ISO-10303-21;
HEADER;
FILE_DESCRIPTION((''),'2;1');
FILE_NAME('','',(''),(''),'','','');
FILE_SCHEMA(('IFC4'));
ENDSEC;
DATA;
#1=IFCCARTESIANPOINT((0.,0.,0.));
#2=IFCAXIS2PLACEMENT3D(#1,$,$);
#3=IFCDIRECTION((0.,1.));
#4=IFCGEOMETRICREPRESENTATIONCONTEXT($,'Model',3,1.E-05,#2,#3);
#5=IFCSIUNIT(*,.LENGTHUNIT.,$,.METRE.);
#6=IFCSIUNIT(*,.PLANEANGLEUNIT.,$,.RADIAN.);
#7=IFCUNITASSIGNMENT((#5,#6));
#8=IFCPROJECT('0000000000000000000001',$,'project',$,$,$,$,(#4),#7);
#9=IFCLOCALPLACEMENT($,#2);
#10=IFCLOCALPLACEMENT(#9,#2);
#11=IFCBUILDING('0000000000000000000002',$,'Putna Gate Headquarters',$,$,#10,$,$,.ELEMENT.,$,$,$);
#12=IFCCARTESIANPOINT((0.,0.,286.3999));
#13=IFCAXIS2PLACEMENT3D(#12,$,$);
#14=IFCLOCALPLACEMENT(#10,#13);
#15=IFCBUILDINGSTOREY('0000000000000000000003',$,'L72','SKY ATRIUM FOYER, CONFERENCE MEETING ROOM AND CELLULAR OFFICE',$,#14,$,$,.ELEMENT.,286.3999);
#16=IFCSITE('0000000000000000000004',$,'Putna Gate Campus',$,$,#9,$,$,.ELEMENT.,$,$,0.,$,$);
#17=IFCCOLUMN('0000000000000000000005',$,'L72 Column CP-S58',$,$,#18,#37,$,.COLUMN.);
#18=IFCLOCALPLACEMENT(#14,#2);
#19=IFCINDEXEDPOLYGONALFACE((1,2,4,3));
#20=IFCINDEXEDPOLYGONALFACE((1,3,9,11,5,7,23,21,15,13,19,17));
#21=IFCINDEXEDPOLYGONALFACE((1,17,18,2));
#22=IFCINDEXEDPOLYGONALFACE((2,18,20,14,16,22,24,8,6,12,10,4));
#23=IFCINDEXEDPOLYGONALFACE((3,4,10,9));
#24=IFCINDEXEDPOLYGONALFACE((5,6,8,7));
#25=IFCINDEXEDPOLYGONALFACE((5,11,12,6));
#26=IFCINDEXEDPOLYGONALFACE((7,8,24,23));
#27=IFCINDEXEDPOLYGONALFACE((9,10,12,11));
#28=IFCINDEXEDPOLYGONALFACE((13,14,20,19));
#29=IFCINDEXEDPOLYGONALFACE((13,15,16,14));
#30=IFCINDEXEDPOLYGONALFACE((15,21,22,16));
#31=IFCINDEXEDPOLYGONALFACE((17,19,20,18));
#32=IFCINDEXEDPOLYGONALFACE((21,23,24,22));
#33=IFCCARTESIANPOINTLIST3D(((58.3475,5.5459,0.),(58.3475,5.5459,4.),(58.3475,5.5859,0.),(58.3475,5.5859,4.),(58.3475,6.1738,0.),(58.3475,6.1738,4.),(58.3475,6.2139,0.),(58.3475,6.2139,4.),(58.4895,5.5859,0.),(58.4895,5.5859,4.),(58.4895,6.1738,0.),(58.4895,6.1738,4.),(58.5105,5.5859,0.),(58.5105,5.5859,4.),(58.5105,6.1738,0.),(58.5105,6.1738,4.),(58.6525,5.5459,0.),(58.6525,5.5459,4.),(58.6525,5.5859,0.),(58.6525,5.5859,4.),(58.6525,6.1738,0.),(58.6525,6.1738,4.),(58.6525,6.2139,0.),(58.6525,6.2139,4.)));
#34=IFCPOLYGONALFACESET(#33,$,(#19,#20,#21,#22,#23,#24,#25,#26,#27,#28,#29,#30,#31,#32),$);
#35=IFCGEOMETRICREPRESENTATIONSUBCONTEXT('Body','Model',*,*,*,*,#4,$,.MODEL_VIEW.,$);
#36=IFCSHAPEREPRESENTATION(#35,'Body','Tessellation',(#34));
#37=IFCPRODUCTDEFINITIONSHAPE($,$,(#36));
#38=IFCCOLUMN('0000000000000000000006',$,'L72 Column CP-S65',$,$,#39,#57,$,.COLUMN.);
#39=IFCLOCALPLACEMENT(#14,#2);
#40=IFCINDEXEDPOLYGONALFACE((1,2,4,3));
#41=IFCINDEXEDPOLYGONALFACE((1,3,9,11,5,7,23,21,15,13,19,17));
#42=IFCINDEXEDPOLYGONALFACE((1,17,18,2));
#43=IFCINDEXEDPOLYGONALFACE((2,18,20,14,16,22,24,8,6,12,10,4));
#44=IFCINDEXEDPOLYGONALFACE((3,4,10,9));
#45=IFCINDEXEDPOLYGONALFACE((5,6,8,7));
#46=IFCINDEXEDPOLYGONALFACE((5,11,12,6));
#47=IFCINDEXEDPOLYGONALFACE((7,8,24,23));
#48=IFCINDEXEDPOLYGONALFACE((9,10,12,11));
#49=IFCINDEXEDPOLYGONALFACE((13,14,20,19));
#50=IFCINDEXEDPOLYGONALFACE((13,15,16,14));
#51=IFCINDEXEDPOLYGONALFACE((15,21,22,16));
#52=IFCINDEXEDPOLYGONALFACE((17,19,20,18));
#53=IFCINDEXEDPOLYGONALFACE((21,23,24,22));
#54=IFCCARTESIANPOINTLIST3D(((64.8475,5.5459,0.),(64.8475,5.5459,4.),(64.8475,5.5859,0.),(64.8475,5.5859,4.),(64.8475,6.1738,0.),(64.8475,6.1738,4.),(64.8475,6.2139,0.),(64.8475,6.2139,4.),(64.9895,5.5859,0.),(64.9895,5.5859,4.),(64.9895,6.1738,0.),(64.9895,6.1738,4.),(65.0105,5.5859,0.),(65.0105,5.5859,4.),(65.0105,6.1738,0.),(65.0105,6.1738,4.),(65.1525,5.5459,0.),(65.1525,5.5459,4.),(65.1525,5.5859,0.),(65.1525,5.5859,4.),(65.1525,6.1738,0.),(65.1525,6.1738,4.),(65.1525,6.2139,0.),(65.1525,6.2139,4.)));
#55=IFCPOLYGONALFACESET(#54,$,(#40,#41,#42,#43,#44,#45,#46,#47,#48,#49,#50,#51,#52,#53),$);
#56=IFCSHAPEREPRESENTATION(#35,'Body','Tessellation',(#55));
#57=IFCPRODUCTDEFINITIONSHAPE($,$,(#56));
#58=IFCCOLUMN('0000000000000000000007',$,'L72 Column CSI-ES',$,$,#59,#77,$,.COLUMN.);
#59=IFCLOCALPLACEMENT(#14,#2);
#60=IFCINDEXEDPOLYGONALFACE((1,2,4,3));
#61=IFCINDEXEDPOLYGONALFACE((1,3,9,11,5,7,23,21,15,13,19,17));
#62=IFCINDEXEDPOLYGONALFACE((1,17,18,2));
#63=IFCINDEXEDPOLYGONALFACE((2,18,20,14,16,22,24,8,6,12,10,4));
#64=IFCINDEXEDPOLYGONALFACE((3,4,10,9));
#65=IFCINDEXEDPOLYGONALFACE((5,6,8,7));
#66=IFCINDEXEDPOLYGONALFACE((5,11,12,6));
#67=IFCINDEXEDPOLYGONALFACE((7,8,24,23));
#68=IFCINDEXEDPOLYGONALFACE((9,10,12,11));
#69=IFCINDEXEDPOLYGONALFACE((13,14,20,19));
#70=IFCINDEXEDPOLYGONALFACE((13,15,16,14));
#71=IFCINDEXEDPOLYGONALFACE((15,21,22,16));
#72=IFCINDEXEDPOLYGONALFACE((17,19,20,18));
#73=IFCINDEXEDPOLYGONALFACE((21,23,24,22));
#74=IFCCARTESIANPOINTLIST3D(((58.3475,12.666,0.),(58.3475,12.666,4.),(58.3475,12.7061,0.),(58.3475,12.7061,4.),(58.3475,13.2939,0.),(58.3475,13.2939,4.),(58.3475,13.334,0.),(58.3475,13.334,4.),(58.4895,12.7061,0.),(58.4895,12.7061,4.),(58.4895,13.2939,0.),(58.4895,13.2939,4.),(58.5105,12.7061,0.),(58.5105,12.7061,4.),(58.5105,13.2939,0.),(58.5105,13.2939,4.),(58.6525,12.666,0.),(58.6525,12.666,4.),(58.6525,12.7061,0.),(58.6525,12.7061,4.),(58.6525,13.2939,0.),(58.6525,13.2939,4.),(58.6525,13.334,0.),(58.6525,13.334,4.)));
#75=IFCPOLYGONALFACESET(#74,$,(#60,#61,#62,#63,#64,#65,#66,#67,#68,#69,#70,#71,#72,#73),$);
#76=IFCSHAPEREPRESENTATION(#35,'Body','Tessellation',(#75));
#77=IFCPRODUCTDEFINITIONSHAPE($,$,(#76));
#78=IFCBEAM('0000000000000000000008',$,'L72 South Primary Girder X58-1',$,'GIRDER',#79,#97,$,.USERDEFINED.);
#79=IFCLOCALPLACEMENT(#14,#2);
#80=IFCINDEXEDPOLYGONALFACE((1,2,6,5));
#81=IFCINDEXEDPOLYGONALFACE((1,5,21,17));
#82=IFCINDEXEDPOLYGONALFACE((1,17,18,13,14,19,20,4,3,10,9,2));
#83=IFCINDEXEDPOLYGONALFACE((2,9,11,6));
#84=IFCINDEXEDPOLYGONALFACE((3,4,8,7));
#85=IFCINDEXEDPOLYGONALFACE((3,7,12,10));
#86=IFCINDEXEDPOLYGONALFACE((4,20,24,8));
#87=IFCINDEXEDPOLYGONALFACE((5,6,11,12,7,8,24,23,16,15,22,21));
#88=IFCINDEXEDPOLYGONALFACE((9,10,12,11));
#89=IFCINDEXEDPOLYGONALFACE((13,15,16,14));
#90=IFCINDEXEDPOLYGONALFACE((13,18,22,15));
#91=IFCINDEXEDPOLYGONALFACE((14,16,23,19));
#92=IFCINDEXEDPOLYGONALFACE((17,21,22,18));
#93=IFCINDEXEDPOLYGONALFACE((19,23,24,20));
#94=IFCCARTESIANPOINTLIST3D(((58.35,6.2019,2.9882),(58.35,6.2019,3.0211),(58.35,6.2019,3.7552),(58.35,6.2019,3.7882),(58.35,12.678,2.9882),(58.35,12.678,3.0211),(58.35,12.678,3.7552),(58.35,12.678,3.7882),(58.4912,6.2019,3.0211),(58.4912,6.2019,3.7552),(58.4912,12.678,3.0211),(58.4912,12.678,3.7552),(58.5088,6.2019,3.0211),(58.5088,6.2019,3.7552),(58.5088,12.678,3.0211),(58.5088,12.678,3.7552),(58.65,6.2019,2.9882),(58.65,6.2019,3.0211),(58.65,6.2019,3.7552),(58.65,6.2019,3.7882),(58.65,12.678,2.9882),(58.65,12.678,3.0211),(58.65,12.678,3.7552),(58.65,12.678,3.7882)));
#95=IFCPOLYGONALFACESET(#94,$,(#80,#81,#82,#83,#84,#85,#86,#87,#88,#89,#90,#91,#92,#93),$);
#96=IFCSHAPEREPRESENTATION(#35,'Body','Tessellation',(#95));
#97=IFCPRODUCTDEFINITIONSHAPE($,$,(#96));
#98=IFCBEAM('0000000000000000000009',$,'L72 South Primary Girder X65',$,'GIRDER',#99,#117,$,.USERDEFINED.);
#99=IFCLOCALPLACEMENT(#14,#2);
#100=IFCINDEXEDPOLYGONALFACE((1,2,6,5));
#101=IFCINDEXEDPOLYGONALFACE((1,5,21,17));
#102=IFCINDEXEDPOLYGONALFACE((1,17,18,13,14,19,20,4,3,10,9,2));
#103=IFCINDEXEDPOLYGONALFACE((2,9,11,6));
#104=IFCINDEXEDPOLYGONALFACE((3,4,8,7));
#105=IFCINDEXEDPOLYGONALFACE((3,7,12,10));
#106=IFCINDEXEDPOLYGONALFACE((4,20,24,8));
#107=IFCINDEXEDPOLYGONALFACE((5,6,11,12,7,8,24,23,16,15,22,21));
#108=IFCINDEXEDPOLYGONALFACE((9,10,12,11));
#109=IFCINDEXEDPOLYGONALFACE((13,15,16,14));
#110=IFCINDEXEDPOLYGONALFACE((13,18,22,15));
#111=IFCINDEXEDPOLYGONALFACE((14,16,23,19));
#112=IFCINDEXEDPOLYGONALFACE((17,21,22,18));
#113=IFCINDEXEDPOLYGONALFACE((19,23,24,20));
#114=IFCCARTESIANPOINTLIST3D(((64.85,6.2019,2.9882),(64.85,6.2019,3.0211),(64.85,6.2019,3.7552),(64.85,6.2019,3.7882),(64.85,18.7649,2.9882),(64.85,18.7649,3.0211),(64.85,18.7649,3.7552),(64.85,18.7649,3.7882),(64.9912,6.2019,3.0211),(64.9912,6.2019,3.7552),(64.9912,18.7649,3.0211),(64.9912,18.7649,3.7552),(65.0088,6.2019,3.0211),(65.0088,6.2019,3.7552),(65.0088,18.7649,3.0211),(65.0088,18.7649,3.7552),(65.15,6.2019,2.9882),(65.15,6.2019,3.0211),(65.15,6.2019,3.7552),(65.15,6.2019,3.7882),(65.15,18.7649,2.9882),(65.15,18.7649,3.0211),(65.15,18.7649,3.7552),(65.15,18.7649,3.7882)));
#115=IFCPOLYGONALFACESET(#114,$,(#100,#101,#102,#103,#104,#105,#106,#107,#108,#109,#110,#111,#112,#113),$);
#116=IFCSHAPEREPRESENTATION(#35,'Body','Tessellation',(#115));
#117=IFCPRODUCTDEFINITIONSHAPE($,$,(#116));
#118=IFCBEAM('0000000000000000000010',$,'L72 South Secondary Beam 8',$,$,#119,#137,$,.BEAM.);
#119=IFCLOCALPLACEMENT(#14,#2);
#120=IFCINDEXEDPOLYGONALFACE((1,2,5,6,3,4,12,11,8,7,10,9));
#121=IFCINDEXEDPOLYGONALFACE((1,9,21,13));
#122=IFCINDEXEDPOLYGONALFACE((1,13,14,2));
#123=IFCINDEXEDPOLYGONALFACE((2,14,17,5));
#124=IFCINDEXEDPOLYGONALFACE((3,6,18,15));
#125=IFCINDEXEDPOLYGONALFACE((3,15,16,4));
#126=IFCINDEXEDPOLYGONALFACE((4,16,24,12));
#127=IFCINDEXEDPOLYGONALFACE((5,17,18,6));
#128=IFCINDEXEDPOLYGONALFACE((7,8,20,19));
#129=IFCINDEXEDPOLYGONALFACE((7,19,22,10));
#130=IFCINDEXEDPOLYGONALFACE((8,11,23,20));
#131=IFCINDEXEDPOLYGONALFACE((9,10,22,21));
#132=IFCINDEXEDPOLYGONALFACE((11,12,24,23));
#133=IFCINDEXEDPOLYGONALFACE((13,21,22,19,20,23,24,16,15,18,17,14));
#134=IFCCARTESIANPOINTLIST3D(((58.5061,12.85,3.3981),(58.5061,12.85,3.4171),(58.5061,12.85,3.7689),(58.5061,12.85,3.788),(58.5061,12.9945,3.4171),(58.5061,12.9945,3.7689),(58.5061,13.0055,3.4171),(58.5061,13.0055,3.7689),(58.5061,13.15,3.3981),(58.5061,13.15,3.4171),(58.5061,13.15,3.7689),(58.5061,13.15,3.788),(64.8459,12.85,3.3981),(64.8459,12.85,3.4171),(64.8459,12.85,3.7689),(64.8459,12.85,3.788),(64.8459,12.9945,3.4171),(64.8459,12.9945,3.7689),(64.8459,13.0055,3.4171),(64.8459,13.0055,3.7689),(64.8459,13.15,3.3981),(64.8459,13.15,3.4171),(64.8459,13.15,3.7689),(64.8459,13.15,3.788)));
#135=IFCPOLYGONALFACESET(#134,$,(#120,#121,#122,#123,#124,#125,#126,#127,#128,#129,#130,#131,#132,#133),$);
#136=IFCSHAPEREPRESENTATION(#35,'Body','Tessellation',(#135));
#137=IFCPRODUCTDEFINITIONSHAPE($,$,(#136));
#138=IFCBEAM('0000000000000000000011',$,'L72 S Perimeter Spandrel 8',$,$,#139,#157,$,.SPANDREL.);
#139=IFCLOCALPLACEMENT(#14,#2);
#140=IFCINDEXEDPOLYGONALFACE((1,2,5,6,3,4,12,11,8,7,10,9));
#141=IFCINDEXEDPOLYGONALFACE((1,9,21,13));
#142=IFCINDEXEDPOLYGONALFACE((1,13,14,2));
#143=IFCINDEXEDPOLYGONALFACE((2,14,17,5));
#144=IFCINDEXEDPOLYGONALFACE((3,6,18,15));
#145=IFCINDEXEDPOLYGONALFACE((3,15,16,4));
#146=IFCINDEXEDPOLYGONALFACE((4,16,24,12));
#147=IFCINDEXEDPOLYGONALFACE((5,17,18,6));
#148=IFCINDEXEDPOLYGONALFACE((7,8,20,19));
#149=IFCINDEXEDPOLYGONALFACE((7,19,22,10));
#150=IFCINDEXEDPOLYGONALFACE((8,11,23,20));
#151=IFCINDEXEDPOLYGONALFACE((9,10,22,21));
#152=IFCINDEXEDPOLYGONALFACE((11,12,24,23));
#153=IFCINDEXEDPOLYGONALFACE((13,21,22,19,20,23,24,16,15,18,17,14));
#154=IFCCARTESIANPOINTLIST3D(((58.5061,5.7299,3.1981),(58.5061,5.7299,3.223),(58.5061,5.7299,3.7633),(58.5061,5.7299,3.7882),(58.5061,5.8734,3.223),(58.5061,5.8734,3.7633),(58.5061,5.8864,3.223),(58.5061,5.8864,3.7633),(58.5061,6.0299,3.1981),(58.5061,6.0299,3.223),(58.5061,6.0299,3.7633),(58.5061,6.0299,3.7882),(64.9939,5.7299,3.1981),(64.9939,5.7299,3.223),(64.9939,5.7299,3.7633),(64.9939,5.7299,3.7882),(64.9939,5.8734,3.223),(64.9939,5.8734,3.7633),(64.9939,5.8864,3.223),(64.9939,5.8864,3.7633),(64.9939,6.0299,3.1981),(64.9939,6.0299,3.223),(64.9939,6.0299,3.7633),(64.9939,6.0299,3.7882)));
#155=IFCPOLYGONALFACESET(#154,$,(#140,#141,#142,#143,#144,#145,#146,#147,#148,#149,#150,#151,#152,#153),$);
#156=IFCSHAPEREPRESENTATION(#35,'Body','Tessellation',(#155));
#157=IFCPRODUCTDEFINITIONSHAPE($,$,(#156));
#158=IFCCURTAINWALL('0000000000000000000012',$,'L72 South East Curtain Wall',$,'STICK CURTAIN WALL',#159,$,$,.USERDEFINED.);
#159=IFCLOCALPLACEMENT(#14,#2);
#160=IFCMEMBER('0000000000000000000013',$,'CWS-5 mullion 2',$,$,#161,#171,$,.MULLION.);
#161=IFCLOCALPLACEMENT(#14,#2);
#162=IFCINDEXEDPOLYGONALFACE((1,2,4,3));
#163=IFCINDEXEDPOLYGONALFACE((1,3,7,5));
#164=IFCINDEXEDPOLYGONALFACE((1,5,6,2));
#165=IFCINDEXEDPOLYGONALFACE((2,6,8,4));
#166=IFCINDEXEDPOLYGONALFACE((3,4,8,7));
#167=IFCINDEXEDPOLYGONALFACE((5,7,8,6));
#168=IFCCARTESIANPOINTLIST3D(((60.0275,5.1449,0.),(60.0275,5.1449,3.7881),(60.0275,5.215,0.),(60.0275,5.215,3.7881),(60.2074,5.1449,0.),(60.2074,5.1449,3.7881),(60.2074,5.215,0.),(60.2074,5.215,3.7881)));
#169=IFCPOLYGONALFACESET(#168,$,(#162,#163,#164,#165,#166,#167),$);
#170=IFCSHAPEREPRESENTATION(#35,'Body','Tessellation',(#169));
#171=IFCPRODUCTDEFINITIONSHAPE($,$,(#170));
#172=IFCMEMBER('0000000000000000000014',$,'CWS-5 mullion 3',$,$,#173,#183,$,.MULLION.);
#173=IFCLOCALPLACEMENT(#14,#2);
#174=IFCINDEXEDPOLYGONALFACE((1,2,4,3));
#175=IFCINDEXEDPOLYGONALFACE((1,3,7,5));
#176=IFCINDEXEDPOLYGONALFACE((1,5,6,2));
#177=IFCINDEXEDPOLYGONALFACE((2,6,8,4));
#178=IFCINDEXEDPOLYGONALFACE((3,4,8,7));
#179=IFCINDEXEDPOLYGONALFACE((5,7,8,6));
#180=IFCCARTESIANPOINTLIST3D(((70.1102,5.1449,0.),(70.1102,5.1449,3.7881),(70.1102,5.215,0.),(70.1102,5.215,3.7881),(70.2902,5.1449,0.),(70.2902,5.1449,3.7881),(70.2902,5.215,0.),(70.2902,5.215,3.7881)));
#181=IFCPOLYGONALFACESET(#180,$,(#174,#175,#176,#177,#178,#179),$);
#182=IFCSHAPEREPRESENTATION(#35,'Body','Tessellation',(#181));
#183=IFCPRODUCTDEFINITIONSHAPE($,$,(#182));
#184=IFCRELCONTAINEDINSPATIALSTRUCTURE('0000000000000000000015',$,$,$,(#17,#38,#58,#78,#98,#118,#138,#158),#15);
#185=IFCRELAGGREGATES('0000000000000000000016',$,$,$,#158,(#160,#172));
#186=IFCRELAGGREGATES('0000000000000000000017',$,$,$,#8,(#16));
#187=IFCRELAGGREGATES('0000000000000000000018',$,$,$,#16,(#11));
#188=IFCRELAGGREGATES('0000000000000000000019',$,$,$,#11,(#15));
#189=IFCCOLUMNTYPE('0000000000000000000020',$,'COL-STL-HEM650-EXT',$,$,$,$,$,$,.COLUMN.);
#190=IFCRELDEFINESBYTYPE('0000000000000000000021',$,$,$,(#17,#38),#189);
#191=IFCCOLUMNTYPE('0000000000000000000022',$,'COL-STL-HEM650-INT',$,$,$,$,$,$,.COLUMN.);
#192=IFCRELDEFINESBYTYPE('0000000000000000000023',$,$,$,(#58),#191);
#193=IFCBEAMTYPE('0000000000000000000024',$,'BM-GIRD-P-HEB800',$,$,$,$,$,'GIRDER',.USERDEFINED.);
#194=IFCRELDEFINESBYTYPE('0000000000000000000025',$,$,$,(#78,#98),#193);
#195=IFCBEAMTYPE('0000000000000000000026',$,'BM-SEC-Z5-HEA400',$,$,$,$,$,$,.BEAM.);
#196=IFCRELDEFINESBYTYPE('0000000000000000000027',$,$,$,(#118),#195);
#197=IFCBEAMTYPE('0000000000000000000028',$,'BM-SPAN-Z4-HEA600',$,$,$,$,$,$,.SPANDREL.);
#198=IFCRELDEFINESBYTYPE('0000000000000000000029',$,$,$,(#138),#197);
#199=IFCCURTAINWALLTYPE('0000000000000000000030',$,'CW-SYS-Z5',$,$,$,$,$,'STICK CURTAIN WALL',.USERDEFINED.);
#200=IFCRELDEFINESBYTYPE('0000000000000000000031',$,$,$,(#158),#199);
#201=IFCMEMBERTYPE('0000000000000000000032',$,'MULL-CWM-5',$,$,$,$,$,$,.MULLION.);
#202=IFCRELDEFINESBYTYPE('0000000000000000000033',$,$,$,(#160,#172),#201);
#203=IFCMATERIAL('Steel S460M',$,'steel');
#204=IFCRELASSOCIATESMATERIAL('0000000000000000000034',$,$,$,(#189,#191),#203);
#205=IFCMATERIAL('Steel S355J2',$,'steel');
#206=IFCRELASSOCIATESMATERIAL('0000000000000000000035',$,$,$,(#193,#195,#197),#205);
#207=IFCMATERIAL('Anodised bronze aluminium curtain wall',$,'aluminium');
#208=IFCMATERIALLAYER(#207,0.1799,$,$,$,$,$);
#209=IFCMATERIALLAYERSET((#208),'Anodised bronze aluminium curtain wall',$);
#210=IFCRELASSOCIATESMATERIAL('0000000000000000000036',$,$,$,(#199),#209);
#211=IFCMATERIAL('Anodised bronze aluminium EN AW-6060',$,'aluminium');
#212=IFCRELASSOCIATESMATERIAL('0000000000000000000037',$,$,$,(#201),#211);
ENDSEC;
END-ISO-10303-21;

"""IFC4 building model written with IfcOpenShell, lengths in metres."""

from ifc_helpers import new_model, si_unit, direction, frame, origin, origin_2d, place, context, subcontext, project, spatial, rectangle, i_section, extrude, material, layer, layer_set, material_profile, profile_set, type_object, element, aggregate, save


model = new_model("IFC4")

# Units and contexts
model_context = context("Model", 3, precision=1e-05, world=origin(), true_north=direction((0.0, 1.0)))
body_context = subcontext(model_context, "Body", "Model", "MODEL_VIEW")
ifc_project = project(units=[si_unit("LENGTHUNIT", "METRE"), si_unit("PLANEANGLEUNIT", "RADIAN")], contexts=[model_context])

# Site, building, storey
site_placement = place(None, origin())
site = spatial("IfcSite", under=ifc_project, at=site_placement, Name="Putna Gate Campus", CompositionType="ELEMENT", RefElevation=0.0)
building_placement = place(site_placement, origin())
building = spatial("IfcBuilding", under=site, at=building_placement, Name="Putna Gate Headquarters", CompositionType="ELEMENT")
storey_placement = place(building_placement, frame((0.0, 0.0, 286.3999)))
storey = spatial("IfcBuildingStorey", under=building, at=storey_placement, Name="L72", Description="SKY ATRIUM FOYER, CONFERENCE MEETING ROOM AND CELLULAR OFFICE", CompositionType="ELEMENT", Elevation=286.3999)

# Columns
ifc_material_1 = material(Name="Steel S460M", Category="steel")
ifc_material_profile_1 = material_profile(ifc_material_1, i_section(OverallWidth=0.3049, OverallDepth=0.668, WebThickness=0.021, FlangeThickness=0.04, at=origin_2d()), Name="Steel S460M")
ifc_profile_set_1 = profile_set([ifc_material_profile_1], Name="Steel S460M")
column_type_1 = type_object("IfcColumnType", Name="COL-STL-HEM650-EXT", PredefinedType="COLUMN", material=ifc_profile_set_1)
for number, where, z_axis, x_axis, name in (
    (1, (58.5, 5.8799, 0.0), (0.0, 0.0, 1.0), (1.0, 0.0, 0.0), "L72 Column CP-S58"),
    (2, (65.0, 5.8799, 0.0), (0.0, 0.0, 1.0), (1.0, 0.0, 0.0), "L72 Column CP-S65"),
):
    element("IfcColumn", number, at=place(storey_placement, frame(where, z_axis=z_axis, x_axis=x_axis)), inside=storey, type_object=column_type_1, Name=name, PredefinedType="COLUMN", context=body_context, shape_type="SweptSolid", body=[
        extrude(i_section(OverallWidth=0.3049, OverallDepth=0.668, WebThickness=0.021, FlangeThickness=0.04, at=origin_2d()), origin(), (0.0, 0.0, 1.0), 4.0),
    ])
ifc_material_profile_2 = material_profile(ifc_material_1, i_section(OverallWidth=0.3049, OverallDepth=0.668, WebThickness=0.021, FlangeThickness=0.04, at=origin_2d()), Name="Steel S460M")
ifc_profile_set_2 = profile_set([ifc_material_profile_2], Name="Steel S460M")
column_type_2 = type_object("IfcColumnType", Name="COL-STL-HEM650-INT", PredefinedType="COLUMN", material=ifc_profile_set_2)
column_placement = place(storey_placement, frame((58.5, 13.0, 0.0), z_axis=(0.0, 0.0, 1.0), x_axis=(1.0, 0.0, 0.0)))
element("IfcColumn", 3, at=column_placement, inside=storey, type_object=column_type_2, Name="L72 Column CSI-ES", PredefinedType="COLUMN", context=body_context, shape_type="SweptSolid", body=[
    extrude(i_section(OverallWidth=0.3049, OverallDepth=0.668, WebThickness=0.021, FlangeThickness=0.04, at=origin_2d()), origin(), (0.0, 0.0, 1.0), 4.0),
])

# Beams
ifc_material_2 = material(Name="Steel S355J2", Category="steel")
ifc_material_profile_3 = material_profile(ifc_material_2, i_section(OverallWidth=0.3, OverallDepth=0.8, WebThickness=0.0176, FlangeThickness=0.033, at=origin_2d()), Name="Steel S355J2")
ifc_profile_set_3 = profile_set([ifc_material_profile_3], Name="Steel S355J2")
beam_type_1 = type_object("IfcBeamType", Name="BM-GIRD-P-HEB800", ElementType="GIRDER", PredefinedType="USERDEFINED", material=ifc_profile_set_3)
beam_1_placement = place(storey_placement, frame((58.5, 6.2019, 3.3882), z_axis=(0.0, 1.0, 0.0), x_axis=(-1.0, 0.0, 0.0)))
element("IfcBeam", 4, at=beam_1_placement, inside=storey, type_object=beam_type_1, Name="L72 South Primary Girder X58-1", ObjectType="GIRDER", PredefinedType="USERDEFINED", context=body_context, shape_type="SweptSolid", body=[
    extrude(i_section(OverallWidth=0.3, OverallDepth=0.8, WebThickness=0.0176, FlangeThickness=0.033, at=origin_2d()), origin(), (0.0, 0.0, 1.0), 6.4761),
])
beam_2_placement = place(storey_placement, frame((65.0, 6.2019, 3.3882), z_axis=(0.0, 1.0, 0.0), x_axis=(-1.0, 0.0, 0.0)))
element("IfcBeam", 5, at=beam_2_placement, inside=storey, type_object=beam_type_1, Name="L72 South Primary Girder X65", ObjectType="GIRDER", PredefinedType="USERDEFINED", context=body_context, shape_type="SweptSolid", body=[
    extrude(i_section(OverallWidth=0.3, OverallDepth=0.8, WebThickness=0.0176, FlangeThickness=0.033, at=origin_2d()), origin(), (0.0, 0.0, 1.0), 12.563),
])
ifc_material_profile_4 = material_profile(ifc_material_2, i_section(OverallWidth=0.3, OverallDepth=0.3899, WebThickness=0.011, FlangeThickness=0.019, at=origin_2d()), Name="Steel S355J2")
ifc_profile_set_4 = profile_set([ifc_material_profile_4], Name="Steel S355J2")
beam_type_2 = type_object("IfcBeamType", Name="BM-SEC-Z5-HEA400", PredefinedType="BEAM", material=ifc_profile_set_4)
beam_3_placement = place(storey_placement, frame((58.5061, 13.0, 3.593), z_axis=(1.0, 0.0, 0.0), x_axis=(0.0, 1.0, 0.0)))
element("IfcBeam", 6, at=beam_3_placement, inside=storey, type_object=beam_type_2, Name="L72 South Secondary Beam 8", PredefinedType="BEAM", context=body_context, shape_type="SweptSolid", body=[
    extrude(i_section(OverallWidth=0.3, OverallDepth=0.3899, WebThickness=0.011, FlangeThickness=0.019, at=origin_2d()), origin(), (0.0, 0.0, 1.0), 6.3398),
])
ifc_material_profile_5 = material_profile(ifc_material_2, i_section(OverallWidth=0.3, OverallDepth=0.5901, WebThickness=0.0129, FlangeThickness=0.0249, at=origin_2d()), Name="Steel S355J2")
ifc_profile_set_5 = profile_set([ifc_material_profile_5], Name="Steel S355J2")
beam_type_3 = type_object("IfcBeamType", Name="BM-SPAN-Z4-HEA600", PredefinedType="SPANDREL", material=ifc_profile_set_5)
beam_4_placement = place(storey_placement, frame((58.5061, 5.8799, 3.4932), z_axis=(1.0, 0.0, 0.0), x_axis=(0.0, 1.0, 0.0)))
element("IfcBeam", 7, at=beam_4_placement, inside=storey, type_object=beam_type_3, Name="L72 S Perimeter Spandrel 8", PredefinedType="SPANDREL", context=body_context, shape_type="SweptSolid", body=[
    extrude(i_section(OverallWidth=0.3, OverallDepth=0.5901, WebThickness=0.0129, FlangeThickness=0.0249, at=origin_2d()), origin(), (0.0, 0.0, 1.0), 6.4878),
])

# Curtain wall, members
ifc_material_3 = material(Name="Anodised bronze aluminium curtain wall", Category="aluminium")
ifc_layer_1 = layer(ifc_material_3, 0.1799)
ifc_layer_set_1 = layer_set([ifc_layer_1], Name="Anodised bronze aluminium curtain wall")
curtain_wall_type = type_object("IfcCurtainWallType", Name="CW-SYS-Z5", ElementType="STICK CURTAIN WALL", PredefinedType="USERDEFINED", material=ifc_layer_set_1)
curtain_wall_1_placement = place(storey_placement, origin())
curtain_wall_1 = element("IfcCurtainWall", 8, at=curtain_wall_1_placement, inside=storey, type_object=curtain_wall_type, Name="L72 South East Curtain Wall", ObjectType="STICK CURTAIN WALL", PredefinedType="USERDEFINED")
ifc_material_4 = material(Name="Anodised bronze aluminium EN AW-6060", Category="aluminium")
ifc_material_profile_6 = material_profile(ifc_material_4, rectangle(XDim=0.0701, YDim=0.1799, at=origin_2d()), Name="Anodised bronze aluminium EN AW-6060")
ifc_profile_set_6 = profile_set([ifc_material_profile_6], Name="Anodised bronze aluminium EN AW-6060")
member_type_1 = type_object("IfcMemberType", Name="MULL-CWM-5", PredefinedType="MULLION", material=ifc_profile_set_6)
member_1_placement = place(storey_placement, frame((60.1174, 5.1799, 0.0), z_axis=(0.0, 0.0, 1.0), x_axis=(0.0, 1.0, 0.0)))
member_1 = element("IfcMember", 9, at=member_1_placement, type_object=member_type_1, Name="CWS-5 mullion 2", PredefinedType="MULLION", context=body_context, shape_type="SweptSolid", body=[
    extrude(rectangle(XDim=0.0701, YDim=0.1799, at=origin_2d()), origin(), (0.0, 0.0, 1.0), 3.7881),
])
member_2_placement = place(storey_placement, frame((70.2002, 5.1799, 0.0), z_axis=(0.0, 0.0, 1.0), x_axis=(0.0, 1.0, 0.0)))
member_2 = element("IfcMember", 10, at=member_2_placement, type_object=member_type_1, Name="CWS-5 mullion 3", PredefinedType="MULLION", context=body_context, shape_type="SweptSolid", body=[
    extrude(rectangle(XDim=0.0701, YDim=0.1799, at=origin_2d()), origin(), (0.0, 0.0, 1.0), 3.7881),
])

aggregate(curtain_wall_1, [member_1, member_2])

save(model, "model.ifc")
